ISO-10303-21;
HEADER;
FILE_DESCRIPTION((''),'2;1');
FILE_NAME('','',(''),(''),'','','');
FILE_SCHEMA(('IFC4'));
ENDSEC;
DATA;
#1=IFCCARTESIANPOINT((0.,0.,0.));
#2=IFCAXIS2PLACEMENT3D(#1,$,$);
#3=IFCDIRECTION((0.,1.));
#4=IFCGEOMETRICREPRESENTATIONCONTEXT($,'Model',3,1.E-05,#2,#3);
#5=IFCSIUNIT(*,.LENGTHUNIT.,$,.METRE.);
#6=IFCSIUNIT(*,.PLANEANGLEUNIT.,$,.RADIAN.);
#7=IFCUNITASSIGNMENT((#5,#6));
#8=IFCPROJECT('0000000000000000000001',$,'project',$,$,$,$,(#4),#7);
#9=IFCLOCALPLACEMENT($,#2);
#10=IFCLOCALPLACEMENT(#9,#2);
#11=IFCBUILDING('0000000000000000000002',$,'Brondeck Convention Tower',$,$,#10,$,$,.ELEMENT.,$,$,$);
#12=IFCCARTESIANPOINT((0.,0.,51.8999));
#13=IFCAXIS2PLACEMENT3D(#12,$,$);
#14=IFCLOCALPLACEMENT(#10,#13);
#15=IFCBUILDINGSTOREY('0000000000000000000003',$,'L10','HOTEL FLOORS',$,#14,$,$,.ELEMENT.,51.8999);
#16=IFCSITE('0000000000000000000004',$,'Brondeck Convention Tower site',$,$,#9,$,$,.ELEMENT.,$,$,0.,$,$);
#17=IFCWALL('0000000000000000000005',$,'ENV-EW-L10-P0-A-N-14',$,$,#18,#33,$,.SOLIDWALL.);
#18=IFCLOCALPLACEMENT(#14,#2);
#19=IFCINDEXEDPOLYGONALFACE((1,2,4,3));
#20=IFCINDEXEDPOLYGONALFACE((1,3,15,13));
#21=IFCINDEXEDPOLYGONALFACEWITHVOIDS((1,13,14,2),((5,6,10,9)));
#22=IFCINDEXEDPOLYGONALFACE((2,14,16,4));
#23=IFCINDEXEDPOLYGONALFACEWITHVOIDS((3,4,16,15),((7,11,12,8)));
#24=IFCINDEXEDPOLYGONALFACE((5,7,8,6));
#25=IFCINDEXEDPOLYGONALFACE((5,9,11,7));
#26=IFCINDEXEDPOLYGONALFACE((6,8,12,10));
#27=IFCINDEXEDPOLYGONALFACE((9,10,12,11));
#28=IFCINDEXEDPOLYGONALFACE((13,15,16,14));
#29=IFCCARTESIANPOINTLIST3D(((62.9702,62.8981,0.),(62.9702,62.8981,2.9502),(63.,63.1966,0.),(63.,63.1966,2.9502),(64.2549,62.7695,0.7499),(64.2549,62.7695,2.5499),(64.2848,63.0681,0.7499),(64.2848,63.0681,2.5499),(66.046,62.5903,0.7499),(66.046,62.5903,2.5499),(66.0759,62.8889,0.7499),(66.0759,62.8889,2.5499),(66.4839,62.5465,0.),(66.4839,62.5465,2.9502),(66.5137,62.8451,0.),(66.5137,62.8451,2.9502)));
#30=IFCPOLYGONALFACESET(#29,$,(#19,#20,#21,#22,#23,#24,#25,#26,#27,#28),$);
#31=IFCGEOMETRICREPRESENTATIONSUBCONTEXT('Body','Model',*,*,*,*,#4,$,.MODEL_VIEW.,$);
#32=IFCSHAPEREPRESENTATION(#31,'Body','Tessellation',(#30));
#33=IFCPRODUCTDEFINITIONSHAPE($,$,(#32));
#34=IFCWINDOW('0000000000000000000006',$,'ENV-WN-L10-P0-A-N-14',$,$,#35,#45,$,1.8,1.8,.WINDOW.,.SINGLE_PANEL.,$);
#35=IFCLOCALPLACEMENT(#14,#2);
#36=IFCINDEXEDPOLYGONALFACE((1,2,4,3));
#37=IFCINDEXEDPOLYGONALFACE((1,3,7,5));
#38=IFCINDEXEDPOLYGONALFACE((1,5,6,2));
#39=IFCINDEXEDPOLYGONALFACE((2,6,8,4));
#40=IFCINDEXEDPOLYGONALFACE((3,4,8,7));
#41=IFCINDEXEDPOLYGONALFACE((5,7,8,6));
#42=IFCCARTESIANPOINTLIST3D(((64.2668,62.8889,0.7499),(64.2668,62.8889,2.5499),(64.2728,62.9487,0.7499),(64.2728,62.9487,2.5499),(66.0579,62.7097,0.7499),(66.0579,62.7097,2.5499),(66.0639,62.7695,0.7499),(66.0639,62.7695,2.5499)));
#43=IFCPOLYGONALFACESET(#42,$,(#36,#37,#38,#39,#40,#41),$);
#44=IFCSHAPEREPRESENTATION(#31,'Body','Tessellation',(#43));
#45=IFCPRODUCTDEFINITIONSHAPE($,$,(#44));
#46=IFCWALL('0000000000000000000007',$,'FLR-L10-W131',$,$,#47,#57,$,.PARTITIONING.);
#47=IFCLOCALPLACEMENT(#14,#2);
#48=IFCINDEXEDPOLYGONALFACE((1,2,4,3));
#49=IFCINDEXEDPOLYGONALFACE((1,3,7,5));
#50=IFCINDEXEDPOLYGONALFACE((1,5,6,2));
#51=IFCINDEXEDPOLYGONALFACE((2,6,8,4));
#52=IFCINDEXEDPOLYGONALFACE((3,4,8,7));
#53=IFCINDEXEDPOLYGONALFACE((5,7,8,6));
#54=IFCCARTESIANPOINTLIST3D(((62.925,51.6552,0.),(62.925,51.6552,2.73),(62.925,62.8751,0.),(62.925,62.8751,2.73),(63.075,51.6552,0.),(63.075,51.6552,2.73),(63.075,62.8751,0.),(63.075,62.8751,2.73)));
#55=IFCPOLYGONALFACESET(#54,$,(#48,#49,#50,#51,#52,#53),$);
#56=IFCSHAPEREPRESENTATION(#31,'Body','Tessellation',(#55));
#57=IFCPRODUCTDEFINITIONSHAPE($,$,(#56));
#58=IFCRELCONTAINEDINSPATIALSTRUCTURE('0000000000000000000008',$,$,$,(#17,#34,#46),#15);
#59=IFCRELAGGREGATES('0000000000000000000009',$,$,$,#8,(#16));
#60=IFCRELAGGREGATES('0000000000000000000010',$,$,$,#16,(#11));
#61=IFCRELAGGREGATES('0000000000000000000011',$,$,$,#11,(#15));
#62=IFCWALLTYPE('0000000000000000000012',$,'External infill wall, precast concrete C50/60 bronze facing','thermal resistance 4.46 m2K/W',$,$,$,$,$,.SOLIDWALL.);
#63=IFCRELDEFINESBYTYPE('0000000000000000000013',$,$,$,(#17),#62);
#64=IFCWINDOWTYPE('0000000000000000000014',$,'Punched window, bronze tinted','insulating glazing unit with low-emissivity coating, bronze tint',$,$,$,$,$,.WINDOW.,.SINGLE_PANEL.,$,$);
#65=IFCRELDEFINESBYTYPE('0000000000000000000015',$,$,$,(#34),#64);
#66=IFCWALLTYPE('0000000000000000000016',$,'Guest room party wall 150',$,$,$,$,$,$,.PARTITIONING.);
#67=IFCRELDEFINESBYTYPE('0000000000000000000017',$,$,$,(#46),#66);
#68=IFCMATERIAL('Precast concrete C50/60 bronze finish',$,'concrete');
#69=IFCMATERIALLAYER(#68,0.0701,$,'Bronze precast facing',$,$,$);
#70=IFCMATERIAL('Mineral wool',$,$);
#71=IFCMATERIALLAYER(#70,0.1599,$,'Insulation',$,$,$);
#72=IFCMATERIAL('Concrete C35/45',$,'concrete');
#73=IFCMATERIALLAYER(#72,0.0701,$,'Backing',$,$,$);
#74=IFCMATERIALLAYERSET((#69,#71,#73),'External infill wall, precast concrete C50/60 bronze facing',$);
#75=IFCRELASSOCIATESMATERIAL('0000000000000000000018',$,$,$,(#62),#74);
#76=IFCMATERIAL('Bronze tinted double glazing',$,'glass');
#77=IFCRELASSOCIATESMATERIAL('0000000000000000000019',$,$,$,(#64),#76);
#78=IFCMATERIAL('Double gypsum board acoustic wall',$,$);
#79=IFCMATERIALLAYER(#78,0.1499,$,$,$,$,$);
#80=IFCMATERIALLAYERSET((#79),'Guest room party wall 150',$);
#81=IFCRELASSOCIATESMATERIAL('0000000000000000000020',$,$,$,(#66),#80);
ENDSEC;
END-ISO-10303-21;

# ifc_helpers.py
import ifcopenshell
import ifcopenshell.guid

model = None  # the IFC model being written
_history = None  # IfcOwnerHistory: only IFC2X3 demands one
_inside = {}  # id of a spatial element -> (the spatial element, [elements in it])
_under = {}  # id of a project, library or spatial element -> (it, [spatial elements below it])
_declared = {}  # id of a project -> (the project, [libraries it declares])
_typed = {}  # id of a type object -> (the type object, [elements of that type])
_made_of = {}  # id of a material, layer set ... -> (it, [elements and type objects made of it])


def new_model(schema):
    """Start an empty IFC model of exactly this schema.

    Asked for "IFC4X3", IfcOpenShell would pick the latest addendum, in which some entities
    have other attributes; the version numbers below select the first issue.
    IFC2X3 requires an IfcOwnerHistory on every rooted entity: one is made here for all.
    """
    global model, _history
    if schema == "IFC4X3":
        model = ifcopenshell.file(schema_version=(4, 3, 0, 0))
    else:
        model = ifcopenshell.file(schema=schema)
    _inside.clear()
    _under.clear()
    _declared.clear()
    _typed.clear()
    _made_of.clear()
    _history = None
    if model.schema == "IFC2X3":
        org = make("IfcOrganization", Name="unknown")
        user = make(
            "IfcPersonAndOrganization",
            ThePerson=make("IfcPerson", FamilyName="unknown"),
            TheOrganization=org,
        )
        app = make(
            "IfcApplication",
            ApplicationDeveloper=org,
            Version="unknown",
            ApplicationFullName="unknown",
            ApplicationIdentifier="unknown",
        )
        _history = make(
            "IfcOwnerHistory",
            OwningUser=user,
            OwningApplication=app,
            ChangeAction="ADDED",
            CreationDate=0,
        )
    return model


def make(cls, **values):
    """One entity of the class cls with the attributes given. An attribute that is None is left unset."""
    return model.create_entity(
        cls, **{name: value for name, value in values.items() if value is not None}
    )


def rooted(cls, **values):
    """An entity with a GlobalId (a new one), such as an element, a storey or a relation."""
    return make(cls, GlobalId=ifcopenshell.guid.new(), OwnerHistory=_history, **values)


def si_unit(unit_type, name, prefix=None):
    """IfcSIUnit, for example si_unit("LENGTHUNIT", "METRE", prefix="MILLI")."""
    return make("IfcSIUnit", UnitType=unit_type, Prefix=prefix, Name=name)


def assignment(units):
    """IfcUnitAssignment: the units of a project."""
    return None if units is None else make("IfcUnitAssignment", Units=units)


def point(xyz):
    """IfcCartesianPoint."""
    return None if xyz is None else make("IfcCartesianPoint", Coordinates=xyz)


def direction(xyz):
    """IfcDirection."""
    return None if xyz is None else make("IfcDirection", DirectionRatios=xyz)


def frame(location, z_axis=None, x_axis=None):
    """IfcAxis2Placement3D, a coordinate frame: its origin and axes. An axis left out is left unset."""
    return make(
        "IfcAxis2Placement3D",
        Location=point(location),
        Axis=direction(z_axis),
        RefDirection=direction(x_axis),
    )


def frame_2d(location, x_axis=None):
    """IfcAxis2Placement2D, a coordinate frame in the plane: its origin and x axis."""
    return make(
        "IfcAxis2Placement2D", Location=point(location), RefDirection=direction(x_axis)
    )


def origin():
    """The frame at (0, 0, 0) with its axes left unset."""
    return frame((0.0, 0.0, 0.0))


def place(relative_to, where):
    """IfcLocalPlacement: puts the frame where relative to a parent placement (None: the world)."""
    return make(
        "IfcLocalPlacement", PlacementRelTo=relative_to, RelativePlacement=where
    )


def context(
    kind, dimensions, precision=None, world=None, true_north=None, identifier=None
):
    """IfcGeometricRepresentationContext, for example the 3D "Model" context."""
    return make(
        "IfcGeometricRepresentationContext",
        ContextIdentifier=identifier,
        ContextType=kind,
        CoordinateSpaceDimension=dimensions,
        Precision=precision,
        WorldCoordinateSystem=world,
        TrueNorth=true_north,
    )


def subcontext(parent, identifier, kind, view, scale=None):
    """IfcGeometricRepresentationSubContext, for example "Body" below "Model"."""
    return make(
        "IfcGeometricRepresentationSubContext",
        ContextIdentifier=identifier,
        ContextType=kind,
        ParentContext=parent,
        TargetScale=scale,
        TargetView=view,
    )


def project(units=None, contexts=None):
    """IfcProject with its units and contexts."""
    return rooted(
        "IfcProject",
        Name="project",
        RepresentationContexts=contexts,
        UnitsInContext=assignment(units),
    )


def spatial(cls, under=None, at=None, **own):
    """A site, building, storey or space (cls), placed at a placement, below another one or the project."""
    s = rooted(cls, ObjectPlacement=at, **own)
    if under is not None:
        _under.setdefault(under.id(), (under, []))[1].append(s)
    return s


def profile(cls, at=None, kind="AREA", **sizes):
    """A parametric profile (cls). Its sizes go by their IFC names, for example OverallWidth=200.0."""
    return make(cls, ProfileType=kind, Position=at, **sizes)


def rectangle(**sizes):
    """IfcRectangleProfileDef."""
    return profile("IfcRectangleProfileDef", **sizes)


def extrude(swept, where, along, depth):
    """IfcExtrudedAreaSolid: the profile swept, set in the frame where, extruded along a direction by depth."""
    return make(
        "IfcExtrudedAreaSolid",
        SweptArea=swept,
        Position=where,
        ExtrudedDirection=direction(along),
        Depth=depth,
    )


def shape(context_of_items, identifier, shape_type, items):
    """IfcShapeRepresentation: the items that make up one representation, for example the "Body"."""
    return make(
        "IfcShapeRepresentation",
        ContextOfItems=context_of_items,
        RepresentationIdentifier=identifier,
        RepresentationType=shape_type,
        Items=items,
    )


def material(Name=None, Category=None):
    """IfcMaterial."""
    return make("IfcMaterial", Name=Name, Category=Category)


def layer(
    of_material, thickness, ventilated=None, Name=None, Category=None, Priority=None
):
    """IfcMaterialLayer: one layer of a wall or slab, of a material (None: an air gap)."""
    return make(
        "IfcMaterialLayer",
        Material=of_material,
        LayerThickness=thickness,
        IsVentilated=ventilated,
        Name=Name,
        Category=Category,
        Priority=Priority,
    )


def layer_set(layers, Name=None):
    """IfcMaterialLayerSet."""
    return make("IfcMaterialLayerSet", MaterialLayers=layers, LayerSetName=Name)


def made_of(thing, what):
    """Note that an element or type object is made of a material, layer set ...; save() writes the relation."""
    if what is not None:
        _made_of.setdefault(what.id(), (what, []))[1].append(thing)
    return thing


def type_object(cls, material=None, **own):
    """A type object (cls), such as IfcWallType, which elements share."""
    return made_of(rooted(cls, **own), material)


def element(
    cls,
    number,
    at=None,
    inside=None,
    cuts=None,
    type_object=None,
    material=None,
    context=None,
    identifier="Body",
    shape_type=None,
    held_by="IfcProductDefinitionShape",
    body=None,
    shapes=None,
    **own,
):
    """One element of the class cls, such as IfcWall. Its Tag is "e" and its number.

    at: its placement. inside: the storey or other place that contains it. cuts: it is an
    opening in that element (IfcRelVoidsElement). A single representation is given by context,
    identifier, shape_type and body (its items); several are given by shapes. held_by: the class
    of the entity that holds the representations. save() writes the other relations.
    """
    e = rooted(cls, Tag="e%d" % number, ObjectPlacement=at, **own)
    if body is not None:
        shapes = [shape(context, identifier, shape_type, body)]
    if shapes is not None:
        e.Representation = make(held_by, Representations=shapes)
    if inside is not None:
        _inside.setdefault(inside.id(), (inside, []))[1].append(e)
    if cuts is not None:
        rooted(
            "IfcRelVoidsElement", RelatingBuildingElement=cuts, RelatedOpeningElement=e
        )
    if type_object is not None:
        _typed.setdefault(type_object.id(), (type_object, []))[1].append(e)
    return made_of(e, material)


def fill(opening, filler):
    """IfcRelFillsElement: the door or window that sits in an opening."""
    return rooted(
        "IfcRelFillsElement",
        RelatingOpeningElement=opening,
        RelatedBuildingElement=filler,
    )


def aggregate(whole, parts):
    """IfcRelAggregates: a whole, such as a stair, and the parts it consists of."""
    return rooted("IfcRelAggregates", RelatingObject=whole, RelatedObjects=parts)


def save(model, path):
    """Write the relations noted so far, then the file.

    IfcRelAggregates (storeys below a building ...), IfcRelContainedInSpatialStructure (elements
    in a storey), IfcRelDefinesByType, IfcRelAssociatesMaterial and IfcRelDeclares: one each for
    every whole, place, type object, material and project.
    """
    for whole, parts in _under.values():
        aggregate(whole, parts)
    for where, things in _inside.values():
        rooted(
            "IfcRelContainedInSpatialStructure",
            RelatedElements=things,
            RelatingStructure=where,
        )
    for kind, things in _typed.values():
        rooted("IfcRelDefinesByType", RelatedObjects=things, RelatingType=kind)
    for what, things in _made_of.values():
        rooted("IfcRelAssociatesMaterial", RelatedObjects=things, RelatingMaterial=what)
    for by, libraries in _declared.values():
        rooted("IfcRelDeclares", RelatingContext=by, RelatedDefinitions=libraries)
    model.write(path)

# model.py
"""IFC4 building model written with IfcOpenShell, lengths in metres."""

from ifc_helpers import new_model, si_unit, direction, frame, frame_2d, origin, place, context, subcontext, project, spatial, rectangle, extrude, material, layer, layer_set, type_object, element, fill, save


model = new_model("IFC4")

# Units and contexts
model_context = context("Model", 3, precision=1e-05, world=origin(), true_north=direction((0.0, 1.0)))
body_context = subcontext(model_context, "Body", "Model", "MODEL_VIEW")
ifc_project = project(units=[si_unit("LENGTHUNIT", "METRE"), si_unit("PLANEANGLEUNIT", "RADIAN")], contexts=[model_context])

# Site, building, storey
site_placement = place(None, origin())
site = spatial("IfcSite", under=ifc_project, at=site_placement, Name="Brondeck Convention Tower site", CompositionType="ELEMENT", RefElevation=0.0)
building_placement = place(site_placement, origin())
building = spatial("IfcBuilding", under=site, at=building_placement, Name="Brondeck Convention Tower", CompositionType="ELEMENT")
storey_placement = place(building_placement, frame((0.0, 0.0, 51.8999)))
storey = spatial("IfcBuildingStorey", under=building, at=storey_placement, Name="L10", Description="HOTEL FLOORS", CompositionType="ELEMENT", Elevation=51.8999)

# Shared definitions
ifc_material_1 = material(Name="Precast concrete C50/60 bronze finish", Category="concrete")
ifc_layer_1 = layer(ifc_material_1, 0.0701, Name="Bronze precast facing")
ifc_material_2 = material(Name="Mineral wool")
ifc_layer_2 = layer(ifc_material_2, 0.1599, Name="Insulation")
ifc_material_3 = material(Name="Concrete C35/45", Category="concrete")
ifc_layer_3 = layer(ifc_material_3, 0.0701, Name="Backing")
ifc_layer_set_1 = layer_set([ifc_layer_1, ifc_layer_2, ifc_layer_3], Name="External infill wall, precast concrete C50/60 bronze facing")
wall_type_1 = type_object("IfcWallType", Name="External infill wall, precast concrete C50/60 bronze facing", Description="thermal resistance 4.46 m2K/W", PredefinedType="SOLIDWALL", material=ifc_layer_set_1)
ifc_material_4 = material(Name="Bronze tinted double glazing", Category="glass")
window_type_1 = type_object("IfcWindowType", Name="Punched window, bronze tinted", Description="insulating glazing unit with low-emissivity coating, bronze tint", PartitioningType="SINGLE_PANEL", PredefinedType="WINDOW", material=ifc_material_4)

# Wall, opening, window
wall_1_placement = place(storey_placement, frame((62.9851, 63.0474, 0.0), z_axis=(0.0, 0.0, 1.0), x_axis=(0.995032, -0.099558, 0.0)))
wall_1 = element("IfcWall", 1, at=wall_1_placement, inside=storey, type_object=wall_type_1, Name="ENV-EW-L10-P0-A-N-14", PredefinedType="SOLIDWALL", context=body_context, shape_type="SweptSolid", body=[
    extrude(rectangle(XDim=3.5312, YDim=0.3, at=frame_2d((1.7656, 0.0))), origin(), (0.0, 0.0, 1.0), 2.9502),
])
opening_1_placement = place(wall_1_placement, frame((1.2913, 0.0, 0.75)))
opening_1 = element("IfcOpeningElement", 2, at=opening_1_placement, cuts=wall_1, PredefinedType="OPENING", context=body_context, shape_type="SweptSolid", body=[
    extrude(rectangle(XDim=1.8, YDim=1.8, at=frame_2d((0.8999, 0.8999))), frame((0.0, 0.1599, 0.0), z_axis=(0.0, -1.0, 0.0), x_axis=(1.0, 0.0, 0.0)), (0.0, 0.0, 1.0), 0.3201),
])
window_1_placement = place(opening_1_placement, origin())
window_1 = element("IfcWindow", 3, at=window_1_placement, inside=storey, type_object=window_type_1, Name="ENV-WN-L10-P0-A-N-14", OverallHeight=1.8, OverallWidth=1.8, PartitioningType="SINGLE_PANEL", PredefinedType="WINDOW", context=body_context, shape_type="SweptSolid", body=[
    extrude(rectangle(XDim=1.8, YDim=1.8, at=frame_2d((0.8999, 0.8999))), frame((0.0, 0.03, 0.0), z_axis=(0.0, -1.0, 0.0), x_axis=(1.0, 0.0, 0.0)), (0.0, 0.0, 1.0), 0.0601),
])
fill(opening_1, window_1)

# Wall
ifc_material_5 = material(Name="Double gypsum board acoustic wall")
ifc_layer_4 = layer(ifc_material_5, 0.1499)
ifc_layer_set_2 = layer_set([ifc_layer_4], Name="Guest room party wall 150")
wall_type_2 = type_object("IfcWallType", Name="Guest room party wall 150", PredefinedType="PARTITIONING", material=ifc_layer_set_2)
wall_2_placement = place(storey_placement, frame((63.0, 62.875, 0.0), z_axis=(0.0, 0.0, 1.0), x_axis=(0.0, -1.0, 0.0)))
element("IfcWall", 4, at=wall_2_placement, inside=storey, type_object=wall_type_2, Name="FLR-L10-W131", PredefinedType="PARTITIONING", context=body_context, shape_type="SweptSolid", body=[
    extrude(rectangle(XDim=11.22, YDim=0.1499, at=frame_2d((5.6099, 0.0))), origin(), (0.0, 0.0, 1.0), 2.73),
])

save(model, "model.ifc")
